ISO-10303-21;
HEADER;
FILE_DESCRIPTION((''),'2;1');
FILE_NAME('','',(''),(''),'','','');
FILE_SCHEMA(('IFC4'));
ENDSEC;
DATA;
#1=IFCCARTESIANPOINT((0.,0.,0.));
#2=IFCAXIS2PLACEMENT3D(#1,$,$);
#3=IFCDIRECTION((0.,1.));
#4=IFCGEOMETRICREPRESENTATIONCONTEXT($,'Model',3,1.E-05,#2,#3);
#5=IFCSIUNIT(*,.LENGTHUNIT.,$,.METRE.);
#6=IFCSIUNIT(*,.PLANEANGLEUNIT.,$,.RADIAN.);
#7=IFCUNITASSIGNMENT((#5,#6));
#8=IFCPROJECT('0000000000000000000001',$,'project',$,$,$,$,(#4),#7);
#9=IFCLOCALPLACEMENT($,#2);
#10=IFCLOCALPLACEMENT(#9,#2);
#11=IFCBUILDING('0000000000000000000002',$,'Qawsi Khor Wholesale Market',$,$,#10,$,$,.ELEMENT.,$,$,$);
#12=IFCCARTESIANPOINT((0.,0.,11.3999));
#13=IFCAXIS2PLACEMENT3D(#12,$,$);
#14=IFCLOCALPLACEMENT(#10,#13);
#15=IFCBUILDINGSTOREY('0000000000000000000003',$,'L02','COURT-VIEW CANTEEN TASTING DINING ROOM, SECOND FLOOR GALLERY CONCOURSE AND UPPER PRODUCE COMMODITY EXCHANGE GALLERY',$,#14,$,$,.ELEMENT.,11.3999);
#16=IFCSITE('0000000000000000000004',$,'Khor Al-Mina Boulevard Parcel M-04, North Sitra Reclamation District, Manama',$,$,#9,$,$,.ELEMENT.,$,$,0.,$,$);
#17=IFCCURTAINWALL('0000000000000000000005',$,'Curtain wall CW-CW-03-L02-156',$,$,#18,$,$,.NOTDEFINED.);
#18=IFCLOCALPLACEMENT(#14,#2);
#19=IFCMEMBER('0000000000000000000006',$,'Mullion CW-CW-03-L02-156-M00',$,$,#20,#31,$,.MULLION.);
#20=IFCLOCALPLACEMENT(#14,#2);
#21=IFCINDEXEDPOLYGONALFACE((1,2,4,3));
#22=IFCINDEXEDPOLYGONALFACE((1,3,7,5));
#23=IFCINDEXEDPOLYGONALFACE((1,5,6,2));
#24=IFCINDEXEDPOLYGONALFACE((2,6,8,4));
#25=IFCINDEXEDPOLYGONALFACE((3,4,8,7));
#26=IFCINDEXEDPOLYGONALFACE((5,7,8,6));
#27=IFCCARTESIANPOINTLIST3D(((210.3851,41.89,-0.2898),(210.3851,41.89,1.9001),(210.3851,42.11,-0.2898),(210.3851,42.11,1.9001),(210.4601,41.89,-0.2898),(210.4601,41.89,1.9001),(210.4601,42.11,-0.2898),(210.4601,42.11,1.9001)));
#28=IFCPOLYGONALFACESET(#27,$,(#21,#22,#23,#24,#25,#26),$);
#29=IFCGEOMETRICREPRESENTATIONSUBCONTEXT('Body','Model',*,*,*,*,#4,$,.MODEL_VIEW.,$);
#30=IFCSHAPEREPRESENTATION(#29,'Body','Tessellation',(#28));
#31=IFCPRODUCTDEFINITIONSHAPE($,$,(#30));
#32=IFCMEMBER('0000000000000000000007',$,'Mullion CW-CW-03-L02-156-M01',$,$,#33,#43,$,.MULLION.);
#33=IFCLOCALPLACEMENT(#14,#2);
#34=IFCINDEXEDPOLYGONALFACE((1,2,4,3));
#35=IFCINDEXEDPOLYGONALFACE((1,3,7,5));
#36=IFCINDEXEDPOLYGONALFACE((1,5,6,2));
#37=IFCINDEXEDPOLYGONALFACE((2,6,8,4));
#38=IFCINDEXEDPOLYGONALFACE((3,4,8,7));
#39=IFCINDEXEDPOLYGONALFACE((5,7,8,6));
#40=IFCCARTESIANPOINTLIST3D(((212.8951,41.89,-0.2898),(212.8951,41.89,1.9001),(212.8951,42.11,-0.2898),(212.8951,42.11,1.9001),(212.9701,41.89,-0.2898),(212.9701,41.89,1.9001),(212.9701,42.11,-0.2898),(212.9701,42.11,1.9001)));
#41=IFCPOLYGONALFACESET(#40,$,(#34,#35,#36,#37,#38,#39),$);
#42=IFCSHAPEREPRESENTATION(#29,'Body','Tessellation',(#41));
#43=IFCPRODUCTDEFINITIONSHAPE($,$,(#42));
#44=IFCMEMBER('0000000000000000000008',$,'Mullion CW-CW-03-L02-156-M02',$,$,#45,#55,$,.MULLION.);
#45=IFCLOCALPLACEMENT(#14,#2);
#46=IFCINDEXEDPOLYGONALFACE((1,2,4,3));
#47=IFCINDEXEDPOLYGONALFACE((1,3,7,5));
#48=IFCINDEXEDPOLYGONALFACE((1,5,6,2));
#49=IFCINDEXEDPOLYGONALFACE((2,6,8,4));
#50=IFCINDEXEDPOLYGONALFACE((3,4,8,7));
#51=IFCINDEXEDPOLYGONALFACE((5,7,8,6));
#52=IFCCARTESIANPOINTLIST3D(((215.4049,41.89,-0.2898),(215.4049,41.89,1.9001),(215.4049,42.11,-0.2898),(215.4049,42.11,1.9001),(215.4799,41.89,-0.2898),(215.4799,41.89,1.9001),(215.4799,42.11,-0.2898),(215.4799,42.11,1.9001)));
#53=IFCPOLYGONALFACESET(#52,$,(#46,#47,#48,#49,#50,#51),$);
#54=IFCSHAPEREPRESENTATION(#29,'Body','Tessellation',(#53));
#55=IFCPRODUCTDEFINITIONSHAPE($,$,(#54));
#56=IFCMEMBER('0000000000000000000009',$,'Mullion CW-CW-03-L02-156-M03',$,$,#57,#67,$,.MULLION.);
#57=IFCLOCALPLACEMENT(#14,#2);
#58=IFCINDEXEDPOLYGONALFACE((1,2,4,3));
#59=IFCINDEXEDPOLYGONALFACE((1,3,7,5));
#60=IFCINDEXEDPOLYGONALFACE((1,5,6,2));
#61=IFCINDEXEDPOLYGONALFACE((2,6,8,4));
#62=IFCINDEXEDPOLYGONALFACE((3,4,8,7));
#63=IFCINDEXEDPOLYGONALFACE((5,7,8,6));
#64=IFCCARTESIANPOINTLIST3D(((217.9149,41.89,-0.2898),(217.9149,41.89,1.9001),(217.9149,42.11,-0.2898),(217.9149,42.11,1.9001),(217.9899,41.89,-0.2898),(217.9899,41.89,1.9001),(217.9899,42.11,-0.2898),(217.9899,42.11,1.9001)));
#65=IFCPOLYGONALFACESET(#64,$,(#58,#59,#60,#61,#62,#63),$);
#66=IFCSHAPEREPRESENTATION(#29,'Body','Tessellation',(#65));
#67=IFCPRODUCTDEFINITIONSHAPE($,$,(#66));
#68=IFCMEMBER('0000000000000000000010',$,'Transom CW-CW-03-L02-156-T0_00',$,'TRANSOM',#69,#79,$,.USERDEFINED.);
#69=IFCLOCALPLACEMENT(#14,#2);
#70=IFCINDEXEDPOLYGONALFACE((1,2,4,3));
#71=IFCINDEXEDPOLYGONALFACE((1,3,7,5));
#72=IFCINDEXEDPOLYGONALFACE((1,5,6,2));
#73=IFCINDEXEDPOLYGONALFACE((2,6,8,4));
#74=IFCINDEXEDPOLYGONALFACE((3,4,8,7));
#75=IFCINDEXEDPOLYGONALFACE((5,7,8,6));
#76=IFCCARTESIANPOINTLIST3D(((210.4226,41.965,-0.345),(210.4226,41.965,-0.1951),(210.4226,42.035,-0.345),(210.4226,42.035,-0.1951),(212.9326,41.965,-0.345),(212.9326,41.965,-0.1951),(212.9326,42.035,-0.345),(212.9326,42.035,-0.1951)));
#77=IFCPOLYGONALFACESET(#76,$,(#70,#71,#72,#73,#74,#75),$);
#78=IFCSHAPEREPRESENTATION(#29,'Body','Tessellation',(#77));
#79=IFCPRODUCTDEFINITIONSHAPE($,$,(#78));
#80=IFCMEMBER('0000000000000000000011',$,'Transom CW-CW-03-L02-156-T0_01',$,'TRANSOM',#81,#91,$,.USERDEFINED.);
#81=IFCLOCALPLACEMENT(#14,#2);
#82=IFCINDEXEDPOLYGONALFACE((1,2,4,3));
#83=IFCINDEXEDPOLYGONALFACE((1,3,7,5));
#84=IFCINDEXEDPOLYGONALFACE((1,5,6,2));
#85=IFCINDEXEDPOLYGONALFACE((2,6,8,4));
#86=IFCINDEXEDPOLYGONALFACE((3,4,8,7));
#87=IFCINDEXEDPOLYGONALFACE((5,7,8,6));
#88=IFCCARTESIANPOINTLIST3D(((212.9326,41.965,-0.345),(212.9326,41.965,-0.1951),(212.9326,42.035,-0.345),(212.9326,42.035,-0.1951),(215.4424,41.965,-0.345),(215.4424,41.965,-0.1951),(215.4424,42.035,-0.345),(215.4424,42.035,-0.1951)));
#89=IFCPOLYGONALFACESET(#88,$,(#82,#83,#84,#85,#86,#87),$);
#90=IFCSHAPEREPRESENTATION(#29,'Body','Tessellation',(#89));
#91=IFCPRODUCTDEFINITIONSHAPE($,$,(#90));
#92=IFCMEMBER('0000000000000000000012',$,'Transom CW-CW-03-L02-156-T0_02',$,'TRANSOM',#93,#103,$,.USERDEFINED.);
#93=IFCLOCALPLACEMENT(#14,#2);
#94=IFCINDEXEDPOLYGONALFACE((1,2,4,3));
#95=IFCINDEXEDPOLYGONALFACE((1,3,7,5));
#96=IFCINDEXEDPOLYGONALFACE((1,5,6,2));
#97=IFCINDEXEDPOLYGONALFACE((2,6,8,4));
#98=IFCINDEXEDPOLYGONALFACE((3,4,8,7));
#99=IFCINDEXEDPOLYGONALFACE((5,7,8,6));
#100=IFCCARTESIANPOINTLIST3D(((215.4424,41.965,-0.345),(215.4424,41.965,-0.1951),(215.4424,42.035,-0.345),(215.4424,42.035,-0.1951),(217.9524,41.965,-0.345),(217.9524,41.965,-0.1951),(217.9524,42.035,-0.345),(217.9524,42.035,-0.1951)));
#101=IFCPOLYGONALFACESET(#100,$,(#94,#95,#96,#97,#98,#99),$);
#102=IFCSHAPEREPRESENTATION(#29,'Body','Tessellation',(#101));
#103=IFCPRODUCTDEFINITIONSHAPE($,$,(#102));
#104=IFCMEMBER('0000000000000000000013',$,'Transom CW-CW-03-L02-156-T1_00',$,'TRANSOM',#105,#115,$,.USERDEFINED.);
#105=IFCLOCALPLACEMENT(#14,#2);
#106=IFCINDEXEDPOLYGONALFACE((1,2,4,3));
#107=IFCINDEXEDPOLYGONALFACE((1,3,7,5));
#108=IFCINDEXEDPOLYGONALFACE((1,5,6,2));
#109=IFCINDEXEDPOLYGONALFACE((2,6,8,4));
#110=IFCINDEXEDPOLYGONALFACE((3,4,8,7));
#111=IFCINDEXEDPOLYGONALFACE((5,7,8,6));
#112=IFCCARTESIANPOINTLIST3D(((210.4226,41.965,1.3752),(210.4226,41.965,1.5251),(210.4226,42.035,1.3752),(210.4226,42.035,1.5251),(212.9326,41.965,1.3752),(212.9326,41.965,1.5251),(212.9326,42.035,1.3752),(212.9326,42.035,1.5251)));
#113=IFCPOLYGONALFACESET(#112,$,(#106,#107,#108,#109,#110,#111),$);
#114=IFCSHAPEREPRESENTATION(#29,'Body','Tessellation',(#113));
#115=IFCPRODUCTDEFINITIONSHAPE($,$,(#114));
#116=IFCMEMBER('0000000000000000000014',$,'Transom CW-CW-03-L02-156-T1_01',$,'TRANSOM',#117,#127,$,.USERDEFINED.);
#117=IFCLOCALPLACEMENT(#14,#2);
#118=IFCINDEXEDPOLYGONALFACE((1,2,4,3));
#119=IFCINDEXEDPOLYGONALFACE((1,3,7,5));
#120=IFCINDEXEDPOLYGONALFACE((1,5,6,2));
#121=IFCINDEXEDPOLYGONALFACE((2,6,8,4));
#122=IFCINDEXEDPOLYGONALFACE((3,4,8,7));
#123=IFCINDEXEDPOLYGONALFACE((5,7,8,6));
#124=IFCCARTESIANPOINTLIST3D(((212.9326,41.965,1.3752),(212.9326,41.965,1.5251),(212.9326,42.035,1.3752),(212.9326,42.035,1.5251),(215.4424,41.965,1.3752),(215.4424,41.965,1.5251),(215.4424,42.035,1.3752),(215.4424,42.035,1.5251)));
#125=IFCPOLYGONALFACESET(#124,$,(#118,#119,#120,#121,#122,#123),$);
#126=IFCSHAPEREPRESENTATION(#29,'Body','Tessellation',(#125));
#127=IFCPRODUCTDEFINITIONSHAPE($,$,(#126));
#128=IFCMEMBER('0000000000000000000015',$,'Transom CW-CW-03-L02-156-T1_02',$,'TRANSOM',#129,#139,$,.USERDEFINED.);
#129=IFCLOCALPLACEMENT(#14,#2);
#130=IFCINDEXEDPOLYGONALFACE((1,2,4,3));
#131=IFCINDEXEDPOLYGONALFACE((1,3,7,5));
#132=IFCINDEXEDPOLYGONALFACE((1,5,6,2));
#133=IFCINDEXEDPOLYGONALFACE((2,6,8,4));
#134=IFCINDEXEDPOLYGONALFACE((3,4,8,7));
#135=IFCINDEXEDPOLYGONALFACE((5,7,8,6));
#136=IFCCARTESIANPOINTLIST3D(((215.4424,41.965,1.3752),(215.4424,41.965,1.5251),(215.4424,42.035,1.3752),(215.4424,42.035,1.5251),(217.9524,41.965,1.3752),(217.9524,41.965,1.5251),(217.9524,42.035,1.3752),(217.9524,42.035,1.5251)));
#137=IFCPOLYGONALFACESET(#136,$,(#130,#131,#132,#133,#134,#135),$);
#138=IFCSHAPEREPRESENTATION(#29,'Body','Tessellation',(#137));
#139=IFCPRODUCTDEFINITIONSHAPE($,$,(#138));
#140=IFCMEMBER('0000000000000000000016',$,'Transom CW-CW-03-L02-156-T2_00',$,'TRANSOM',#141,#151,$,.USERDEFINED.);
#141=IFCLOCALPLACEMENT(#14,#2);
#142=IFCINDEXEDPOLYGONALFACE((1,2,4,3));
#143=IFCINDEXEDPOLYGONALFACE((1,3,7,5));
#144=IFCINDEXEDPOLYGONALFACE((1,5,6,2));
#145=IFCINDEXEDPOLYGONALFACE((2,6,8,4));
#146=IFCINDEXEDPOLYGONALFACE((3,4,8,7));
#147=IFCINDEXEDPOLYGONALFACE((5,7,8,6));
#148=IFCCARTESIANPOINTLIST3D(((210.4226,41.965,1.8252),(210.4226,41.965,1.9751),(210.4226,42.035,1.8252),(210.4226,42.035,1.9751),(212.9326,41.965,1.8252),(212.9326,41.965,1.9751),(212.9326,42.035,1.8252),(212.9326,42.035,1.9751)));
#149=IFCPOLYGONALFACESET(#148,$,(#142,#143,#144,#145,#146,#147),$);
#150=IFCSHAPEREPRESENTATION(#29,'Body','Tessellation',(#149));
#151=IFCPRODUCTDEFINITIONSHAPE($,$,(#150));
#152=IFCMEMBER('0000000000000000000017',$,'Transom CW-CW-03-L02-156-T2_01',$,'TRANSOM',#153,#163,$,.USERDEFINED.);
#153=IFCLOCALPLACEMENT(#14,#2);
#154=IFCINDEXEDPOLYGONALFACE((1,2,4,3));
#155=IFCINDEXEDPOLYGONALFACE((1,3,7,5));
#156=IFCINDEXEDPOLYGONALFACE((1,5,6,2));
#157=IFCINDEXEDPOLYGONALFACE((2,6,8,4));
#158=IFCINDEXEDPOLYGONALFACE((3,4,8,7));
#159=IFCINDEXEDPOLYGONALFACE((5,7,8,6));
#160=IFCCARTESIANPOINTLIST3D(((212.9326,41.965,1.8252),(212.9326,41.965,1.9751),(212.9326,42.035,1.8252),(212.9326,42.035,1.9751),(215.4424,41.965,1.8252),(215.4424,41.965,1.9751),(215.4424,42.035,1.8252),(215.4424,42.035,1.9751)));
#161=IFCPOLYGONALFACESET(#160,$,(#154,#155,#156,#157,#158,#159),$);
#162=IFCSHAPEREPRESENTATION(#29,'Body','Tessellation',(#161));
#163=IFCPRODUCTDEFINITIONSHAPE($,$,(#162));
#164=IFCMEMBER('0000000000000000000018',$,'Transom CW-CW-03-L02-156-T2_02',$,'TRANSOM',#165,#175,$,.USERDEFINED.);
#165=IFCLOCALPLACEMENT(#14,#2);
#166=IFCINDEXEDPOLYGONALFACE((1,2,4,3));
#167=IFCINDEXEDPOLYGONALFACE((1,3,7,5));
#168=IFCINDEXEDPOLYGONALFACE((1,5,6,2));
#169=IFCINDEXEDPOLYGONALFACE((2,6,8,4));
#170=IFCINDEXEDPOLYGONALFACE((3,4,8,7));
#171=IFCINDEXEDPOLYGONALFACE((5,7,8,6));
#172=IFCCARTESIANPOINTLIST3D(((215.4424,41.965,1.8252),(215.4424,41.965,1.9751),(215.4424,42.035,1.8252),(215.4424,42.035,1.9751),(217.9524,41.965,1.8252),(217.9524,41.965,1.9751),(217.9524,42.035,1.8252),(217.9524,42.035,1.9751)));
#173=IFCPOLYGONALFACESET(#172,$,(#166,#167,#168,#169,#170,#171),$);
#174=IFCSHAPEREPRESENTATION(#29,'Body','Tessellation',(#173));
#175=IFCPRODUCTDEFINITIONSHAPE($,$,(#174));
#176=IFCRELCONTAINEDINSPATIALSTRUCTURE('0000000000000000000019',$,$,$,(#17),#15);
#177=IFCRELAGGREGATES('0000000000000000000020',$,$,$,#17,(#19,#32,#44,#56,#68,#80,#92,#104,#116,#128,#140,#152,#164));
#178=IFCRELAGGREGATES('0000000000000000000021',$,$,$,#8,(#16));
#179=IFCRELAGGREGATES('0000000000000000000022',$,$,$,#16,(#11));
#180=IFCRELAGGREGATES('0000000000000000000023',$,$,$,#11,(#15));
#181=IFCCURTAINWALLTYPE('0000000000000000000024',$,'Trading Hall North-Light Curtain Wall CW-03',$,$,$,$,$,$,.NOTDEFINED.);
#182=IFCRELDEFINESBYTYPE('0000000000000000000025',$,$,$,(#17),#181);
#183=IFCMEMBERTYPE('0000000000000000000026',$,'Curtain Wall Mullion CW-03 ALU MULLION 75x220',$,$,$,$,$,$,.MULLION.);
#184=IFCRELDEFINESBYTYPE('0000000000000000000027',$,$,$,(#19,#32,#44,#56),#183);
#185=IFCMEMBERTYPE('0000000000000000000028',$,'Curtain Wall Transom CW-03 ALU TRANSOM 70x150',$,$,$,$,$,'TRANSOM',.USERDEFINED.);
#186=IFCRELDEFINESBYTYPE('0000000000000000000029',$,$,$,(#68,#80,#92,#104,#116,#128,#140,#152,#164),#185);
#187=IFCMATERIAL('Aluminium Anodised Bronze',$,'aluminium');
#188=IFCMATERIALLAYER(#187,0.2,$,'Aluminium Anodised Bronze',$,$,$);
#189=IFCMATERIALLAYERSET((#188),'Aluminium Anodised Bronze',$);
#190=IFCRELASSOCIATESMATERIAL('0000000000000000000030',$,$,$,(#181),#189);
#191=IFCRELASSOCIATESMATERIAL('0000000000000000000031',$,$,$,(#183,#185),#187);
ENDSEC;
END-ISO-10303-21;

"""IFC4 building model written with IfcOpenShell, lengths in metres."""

from ifc_helpers import new_model, si_unit, direction, frame, origin, origin_2d, place, context, subcontext, project, spatial, rectangle, extrude, material, layer, layer_set, material_profile, profile_set, type_object, element, aggregate, save


model = new_model("IFC4")

# Units and contexts
model_context = context("Model", 3, precision=1e-05, world=origin(), true_north=direction((0.0, 1.0)))
body_context = subcontext(model_context, "Body", "Model", "MODEL_VIEW")
ifc_project = project(units=[si_unit("LENGTHUNIT", "METRE"), si_unit("PLANEANGLEUNIT", "RADIAN")], contexts=[model_context])

# Site, building, storey
site_placement = place(None, origin())
site = spatial("IfcSite", under=ifc_project, at=site_placement, Name="Khor Al-Mina Boulevard Parcel M-04, North Sitra Reclamation District, Manama", CompositionType="ELEMENT", RefElevation=0.0)
building_placement = place(site_placement, origin())
building = spatial("IfcBuilding", under=site, at=building_placement, Name="Qawsi Khor Wholesale Market", CompositionType="ELEMENT")
storey_placement = place(building_placement, frame((0.0, 0.0, 11.3999)))
storey = spatial("IfcBuildingStorey", under=building, at=storey_placement, Name="L02", Description="COURT-VIEW CANTEEN TASTING DINING ROOM, SECOND FLOOR GALLERY CONCOURSE AND UPPER PRODUCE COMMODITY EXCHANGE GALLERY", CompositionType="ELEMENT", Elevation=11.3999)

# Curtain wall, members
ifc_material_1 = material(Name="Aluminium Anodised Bronze", Category="aluminium")
ifc_layer_1 = layer(ifc_material_1, 0.2, Name="Aluminium Anodised Bronze")
ifc_layer_set_1 = layer_set([ifc_layer_1], Name="Aluminium Anodised Bronze")
curtain_wall_type = type_object("IfcCurtainWallType", Name="Trading Hall North-Light Curtain Wall CW-03", PredefinedType="NOTDEFINED", material=ifc_layer_set_1)
curtain_wall_placement = place(storey_placement, origin())
curtain_wall = element("IfcCurtainWall", 1, at=curtain_wall_placement, inside=storey, type_object=curtain_wall_type, Name="Curtain wall CW-CW-03-L02-156", PredefinedType="NOTDEFINED")
ifc_material_profile_1 = material_profile(ifc_material_1, rectangle(XDim=0.075, YDim=0.22, at=origin_2d()), Name="ALU MULLION 75x220")
ifc_profile_set_1 = profile_set([ifc_material_profile_1], Name="Aluminium Anodised Bronze")
member_type_1 = type_object("IfcMemberType", Name="Curtain Wall Mullion CW-03 ALU MULLION 75x220", PredefinedType="MULLION", material=ifc_profile_set_1)
member_1_placement = place(storey_placement, frame((210.4226, 42.0, -0.2898), z_axis=(0.0, 0.0, 1.0), x_axis=(1.0, 0.0, 0.0)))
member_1 = element("IfcMember", 2, at=member_1_placement, type_object=member_type_1, Name="Mullion CW-CW-03-L02-156-M00", PredefinedType="MULLION", context=body_context, shape_type="SweptSolid", body=[
    extrude(rectangle(XDim=0.075, YDim=0.22, at=origin_2d()), origin(), (0.0, 0.0, 1.0), 2.1899),
])
member_2_placement = place(storey_placement, frame((212.9326, 42.0, -0.2898), z_axis=(0.0, 0.0, 1.0), x_axis=(1.0, 0.0, 0.0)))
member_2 = element("IfcMember", 3, at=member_2_placement, type_object=member_type_1, Name="Mullion CW-CW-03-L02-156-M01", PredefinedType="MULLION", context=body_context, shape_type="SweptSolid", body=[
    extrude(rectangle(XDim=0.075, YDim=0.22, at=origin_2d()), origin(), (0.0, 0.0, 1.0), 2.1899),
])
member_3_placement = place(storey_placement, frame((215.4424, 42.0, -0.2898), z_axis=(0.0, 0.0, 1.0), x_axis=(1.0, 0.0, 0.0)))
member_3 = element("IfcMember", 4, at=member_3_placement, type_object=member_type_1, Name="Mullion CW-CW-03-L02-156-M02", PredefinedType="MULLION", context=body_context, shape_type="SweptSolid", body=[
    extrude(rectangle(XDim=0.075, YDim=0.22, at=origin_2d()), origin(), (0.0, 0.0, 1.0), 2.1899),
])
member_4_placement = place(storey_placement, frame((217.9524, 42.0, -0.2898), z_axis=(0.0, 0.0, 1.0), x_axis=(1.0, 0.0, 0.0)))
member_4 = element("IfcMember", 5, at=member_4_placement, type_object=member_type_1, Name="Mullion CW-CW-03-L02-156-M03", PredefinedType="MULLION", context=body_context, shape_type="SweptSolid", body=[
    extrude(rectangle(XDim=0.075, YDim=0.22, at=origin_2d()), origin(), (0.0, 0.0, 1.0), 2.1899),
])
ifc_material_profile_2 = material_profile(ifc_material_1, rectangle(XDim=0.0701, YDim=0.1499, at=origin_2d()), Name="ALU TRANSOM 70x150")
ifc_profile_set_2 = profile_set([ifc_material_profile_2], Name="Aluminium Anodised Bronze")
member_type_2 = type_object("IfcMemberType", Name="Curtain Wall Transom CW-03 ALU TRANSOM 70x150", ElementType="TRANSOM", PredefinedType="USERDEFINED", material=ifc_profile_set_2)
member_5_placement = place(storey_placement, frame((210.4226, 42.0, -0.27), z_axis=(1.0, 0.0, 0.0), x_axis=(0.0, 1.0, 0.0)))
member_5 = element("IfcMember", 6, at=member_5_placement, type_object=member_type_2, Name="Transom CW-CW-03-L02-156-T0_00", ObjectType="TRANSOM", PredefinedType="USERDEFINED", context=body_context, shape_type="SweptSolid", body=[
    extrude(rectangle(XDim=0.0701, YDim=0.1499, at=origin_2d()), origin(), (0.0, 0.0, 1.0), 2.51),
])
member_6_placement = place(storey_placement, frame((212.9326, 42.0, -0.27), z_axis=(1.0, 0.0, 0.0), x_axis=(0.0, 1.0, 0.0)))
member_6 = element("IfcMember", 7, at=member_6_placement, type_object=member_type_2, Name="Transom CW-CW-03-L02-156-T0_01", ObjectType="TRANSOM", PredefinedType="USERDEFINED", context=body_context, shape_type="SweptSolid", body=[
    extrude(rectangle(XDim=0.0701, YDim=0.1499, at=origin_2d()), origin(), (0.0, 0.0, 1.0), 2.5098),
])
member_7_placement = place(storey_placement, frame((215.4424, 42.0, -0.27), z_axis=(1.0, 0.0, 0.0), x_axis=(0.0, 1.0, 0.0)))
member_7 = element("IfcMember", 8, at=member_7_placement, type_object=member_type_2, Name="Transom CW-CW-03-L02-156-T0_02", ObjectType="TRANSOM", PredefinedType="USERDEFINED", context=body_context, shape_type="SweptSolid", body=[
    extrude(rectangle(XDim=0.0701, YDim=0.1499, at=origin_2d()), origin(), (0.0, 0.0, 1.0), 2.51),
])
member_8_placement = place(storey_placement, frame((210.4226, 42.0, 1.4502), z_axis=(1.0, 0.0, 0.0), x_axis=(0.0, 1.0, 0.0)))
member_8 = element("IfcMember", 9, at=member_8_placement, type_object=member_type_2, Name="Transom CW-CW-03-L02-156-T1_00", ObjectType="TRANSOM", PredefinedType="USERDEFINED", context=body_context, shape_type="SweptSolid", body=[
    extrude(rectangle(XDim=0.0701, YDim=0.1499, at=origin_2d()), origin(), (0.0, 0.0, 1.0), 2.51),
])
member_9_placement = place(storey_placement, frame((212.9326, 42.0, 1.4502), z_axis=(1.0, 0.0, 0.0), x_axis=(0.0, 1.0, 0.0)))
member_9 = element("IfcMember", 10, at=member_9_placement, type_object=member_type_2, Name="Transom CW-CW-03-L02-156-T1_01", ObjectType="TRANSOM", PredefinedType="USERDEFINED", context=body_context, shape_type="SweptSolid", body=[
    extrude(rectangle(XDim=0.0701, YDim=0.1499, at=origin_2d()), origin(), (0.0, 0.0, 1.0), 2.5098),
])
member_10_placement = place(storey_placement, frame((215.4424, 42.0, 1.4502), z_axis=(1.0, 0.0, 0.0), x_axis=(0.0, 1.0, 0.0)))
member_10 = element("IfcMember", 11, at=member_10_placement, type_object=member_type_2, Name="Transom CW-CW-03-L02-156-T1_02", ObjectType="TRANSOM", PredefinedType="USERDEFINED", context=body_context, shape_type="SweptSolid", body=[
    extrude(rectangle(XDim=0.0701, YDim=0.1499, at=origin_2d()), origin(), (0.0, 0.0, 1.0), 2.51),
])
member_11_placement = place(storey_placement, frame((210.4226, 42.0, 1.9001), z_axis=(1.0, 0.0, 0.0), x_axis=(0.0, 1.0, 0.0)))
member_11 = element("IfcMember", 12, at=member_11_placement, type_object=member_type_2, Name="Transom CW-CW-03-L02-156-T2_00", ObjectType="TRANSOM", PredefinedType="USERDEFINED", context=body_context, shape_type="SweptSolid", body=[
    extrude(rectangle(XDim=0.0701, YDim=0.1499, at=origin_2d()), origin(), (0.0, 0.0, 1.0), 2.51),
])
member_12_placement = place(storey_placement, frame((212.9326, 42.0, 1.9001), z_axis=(1.0, 0.0, 0.0), x_axis=(0.0, 1.0, 0.0)))
member_12 = element("IfcMember", 13, at=member_12_placement, type_object=member_type_2, Name="Transom CW-CW-03-L02-156-T2_01", ObjectType="TRANSOM", PredefinedType="USERDEFINED", context=body_context, shape_type="SweptSolid", body=[
    extrude(rectangle(XDim=0.0701, YDim=0.1499, at=origin_2d()), origin(), (0.0, 0.0, 1.0), 2.5098),
])
member_13_placement = place(storey_placement, frame((215.4424, 42.0, 1.9001), z_axis=(1.0, 0.0, 0.0), x_axis=(0.0, 1.0, 0.0)))
member_13 = element("IfcMember", 14, at=member_13_placement, type_object=member_type_2, Name="Transom CW-CW-03-L02-156-T2_02", ObjectType="TRANSOM", PredefinedType="USERDEFINED", context=body_context, shape_type="SweptSolid", body=[
    extrude(rectangle(XDim=0.0701, YDim=0.1499, at=origin_2d()), origin(), (0.0, 0.0, 1.0), 2.51),
])

aggregate(curtain_wall, [member_1, member_2, member_3, member_4, member_5, member_6, member_7, member_8, member_9, member_10, member_11, member_12, member_13])

save(model, "model.ifc")
